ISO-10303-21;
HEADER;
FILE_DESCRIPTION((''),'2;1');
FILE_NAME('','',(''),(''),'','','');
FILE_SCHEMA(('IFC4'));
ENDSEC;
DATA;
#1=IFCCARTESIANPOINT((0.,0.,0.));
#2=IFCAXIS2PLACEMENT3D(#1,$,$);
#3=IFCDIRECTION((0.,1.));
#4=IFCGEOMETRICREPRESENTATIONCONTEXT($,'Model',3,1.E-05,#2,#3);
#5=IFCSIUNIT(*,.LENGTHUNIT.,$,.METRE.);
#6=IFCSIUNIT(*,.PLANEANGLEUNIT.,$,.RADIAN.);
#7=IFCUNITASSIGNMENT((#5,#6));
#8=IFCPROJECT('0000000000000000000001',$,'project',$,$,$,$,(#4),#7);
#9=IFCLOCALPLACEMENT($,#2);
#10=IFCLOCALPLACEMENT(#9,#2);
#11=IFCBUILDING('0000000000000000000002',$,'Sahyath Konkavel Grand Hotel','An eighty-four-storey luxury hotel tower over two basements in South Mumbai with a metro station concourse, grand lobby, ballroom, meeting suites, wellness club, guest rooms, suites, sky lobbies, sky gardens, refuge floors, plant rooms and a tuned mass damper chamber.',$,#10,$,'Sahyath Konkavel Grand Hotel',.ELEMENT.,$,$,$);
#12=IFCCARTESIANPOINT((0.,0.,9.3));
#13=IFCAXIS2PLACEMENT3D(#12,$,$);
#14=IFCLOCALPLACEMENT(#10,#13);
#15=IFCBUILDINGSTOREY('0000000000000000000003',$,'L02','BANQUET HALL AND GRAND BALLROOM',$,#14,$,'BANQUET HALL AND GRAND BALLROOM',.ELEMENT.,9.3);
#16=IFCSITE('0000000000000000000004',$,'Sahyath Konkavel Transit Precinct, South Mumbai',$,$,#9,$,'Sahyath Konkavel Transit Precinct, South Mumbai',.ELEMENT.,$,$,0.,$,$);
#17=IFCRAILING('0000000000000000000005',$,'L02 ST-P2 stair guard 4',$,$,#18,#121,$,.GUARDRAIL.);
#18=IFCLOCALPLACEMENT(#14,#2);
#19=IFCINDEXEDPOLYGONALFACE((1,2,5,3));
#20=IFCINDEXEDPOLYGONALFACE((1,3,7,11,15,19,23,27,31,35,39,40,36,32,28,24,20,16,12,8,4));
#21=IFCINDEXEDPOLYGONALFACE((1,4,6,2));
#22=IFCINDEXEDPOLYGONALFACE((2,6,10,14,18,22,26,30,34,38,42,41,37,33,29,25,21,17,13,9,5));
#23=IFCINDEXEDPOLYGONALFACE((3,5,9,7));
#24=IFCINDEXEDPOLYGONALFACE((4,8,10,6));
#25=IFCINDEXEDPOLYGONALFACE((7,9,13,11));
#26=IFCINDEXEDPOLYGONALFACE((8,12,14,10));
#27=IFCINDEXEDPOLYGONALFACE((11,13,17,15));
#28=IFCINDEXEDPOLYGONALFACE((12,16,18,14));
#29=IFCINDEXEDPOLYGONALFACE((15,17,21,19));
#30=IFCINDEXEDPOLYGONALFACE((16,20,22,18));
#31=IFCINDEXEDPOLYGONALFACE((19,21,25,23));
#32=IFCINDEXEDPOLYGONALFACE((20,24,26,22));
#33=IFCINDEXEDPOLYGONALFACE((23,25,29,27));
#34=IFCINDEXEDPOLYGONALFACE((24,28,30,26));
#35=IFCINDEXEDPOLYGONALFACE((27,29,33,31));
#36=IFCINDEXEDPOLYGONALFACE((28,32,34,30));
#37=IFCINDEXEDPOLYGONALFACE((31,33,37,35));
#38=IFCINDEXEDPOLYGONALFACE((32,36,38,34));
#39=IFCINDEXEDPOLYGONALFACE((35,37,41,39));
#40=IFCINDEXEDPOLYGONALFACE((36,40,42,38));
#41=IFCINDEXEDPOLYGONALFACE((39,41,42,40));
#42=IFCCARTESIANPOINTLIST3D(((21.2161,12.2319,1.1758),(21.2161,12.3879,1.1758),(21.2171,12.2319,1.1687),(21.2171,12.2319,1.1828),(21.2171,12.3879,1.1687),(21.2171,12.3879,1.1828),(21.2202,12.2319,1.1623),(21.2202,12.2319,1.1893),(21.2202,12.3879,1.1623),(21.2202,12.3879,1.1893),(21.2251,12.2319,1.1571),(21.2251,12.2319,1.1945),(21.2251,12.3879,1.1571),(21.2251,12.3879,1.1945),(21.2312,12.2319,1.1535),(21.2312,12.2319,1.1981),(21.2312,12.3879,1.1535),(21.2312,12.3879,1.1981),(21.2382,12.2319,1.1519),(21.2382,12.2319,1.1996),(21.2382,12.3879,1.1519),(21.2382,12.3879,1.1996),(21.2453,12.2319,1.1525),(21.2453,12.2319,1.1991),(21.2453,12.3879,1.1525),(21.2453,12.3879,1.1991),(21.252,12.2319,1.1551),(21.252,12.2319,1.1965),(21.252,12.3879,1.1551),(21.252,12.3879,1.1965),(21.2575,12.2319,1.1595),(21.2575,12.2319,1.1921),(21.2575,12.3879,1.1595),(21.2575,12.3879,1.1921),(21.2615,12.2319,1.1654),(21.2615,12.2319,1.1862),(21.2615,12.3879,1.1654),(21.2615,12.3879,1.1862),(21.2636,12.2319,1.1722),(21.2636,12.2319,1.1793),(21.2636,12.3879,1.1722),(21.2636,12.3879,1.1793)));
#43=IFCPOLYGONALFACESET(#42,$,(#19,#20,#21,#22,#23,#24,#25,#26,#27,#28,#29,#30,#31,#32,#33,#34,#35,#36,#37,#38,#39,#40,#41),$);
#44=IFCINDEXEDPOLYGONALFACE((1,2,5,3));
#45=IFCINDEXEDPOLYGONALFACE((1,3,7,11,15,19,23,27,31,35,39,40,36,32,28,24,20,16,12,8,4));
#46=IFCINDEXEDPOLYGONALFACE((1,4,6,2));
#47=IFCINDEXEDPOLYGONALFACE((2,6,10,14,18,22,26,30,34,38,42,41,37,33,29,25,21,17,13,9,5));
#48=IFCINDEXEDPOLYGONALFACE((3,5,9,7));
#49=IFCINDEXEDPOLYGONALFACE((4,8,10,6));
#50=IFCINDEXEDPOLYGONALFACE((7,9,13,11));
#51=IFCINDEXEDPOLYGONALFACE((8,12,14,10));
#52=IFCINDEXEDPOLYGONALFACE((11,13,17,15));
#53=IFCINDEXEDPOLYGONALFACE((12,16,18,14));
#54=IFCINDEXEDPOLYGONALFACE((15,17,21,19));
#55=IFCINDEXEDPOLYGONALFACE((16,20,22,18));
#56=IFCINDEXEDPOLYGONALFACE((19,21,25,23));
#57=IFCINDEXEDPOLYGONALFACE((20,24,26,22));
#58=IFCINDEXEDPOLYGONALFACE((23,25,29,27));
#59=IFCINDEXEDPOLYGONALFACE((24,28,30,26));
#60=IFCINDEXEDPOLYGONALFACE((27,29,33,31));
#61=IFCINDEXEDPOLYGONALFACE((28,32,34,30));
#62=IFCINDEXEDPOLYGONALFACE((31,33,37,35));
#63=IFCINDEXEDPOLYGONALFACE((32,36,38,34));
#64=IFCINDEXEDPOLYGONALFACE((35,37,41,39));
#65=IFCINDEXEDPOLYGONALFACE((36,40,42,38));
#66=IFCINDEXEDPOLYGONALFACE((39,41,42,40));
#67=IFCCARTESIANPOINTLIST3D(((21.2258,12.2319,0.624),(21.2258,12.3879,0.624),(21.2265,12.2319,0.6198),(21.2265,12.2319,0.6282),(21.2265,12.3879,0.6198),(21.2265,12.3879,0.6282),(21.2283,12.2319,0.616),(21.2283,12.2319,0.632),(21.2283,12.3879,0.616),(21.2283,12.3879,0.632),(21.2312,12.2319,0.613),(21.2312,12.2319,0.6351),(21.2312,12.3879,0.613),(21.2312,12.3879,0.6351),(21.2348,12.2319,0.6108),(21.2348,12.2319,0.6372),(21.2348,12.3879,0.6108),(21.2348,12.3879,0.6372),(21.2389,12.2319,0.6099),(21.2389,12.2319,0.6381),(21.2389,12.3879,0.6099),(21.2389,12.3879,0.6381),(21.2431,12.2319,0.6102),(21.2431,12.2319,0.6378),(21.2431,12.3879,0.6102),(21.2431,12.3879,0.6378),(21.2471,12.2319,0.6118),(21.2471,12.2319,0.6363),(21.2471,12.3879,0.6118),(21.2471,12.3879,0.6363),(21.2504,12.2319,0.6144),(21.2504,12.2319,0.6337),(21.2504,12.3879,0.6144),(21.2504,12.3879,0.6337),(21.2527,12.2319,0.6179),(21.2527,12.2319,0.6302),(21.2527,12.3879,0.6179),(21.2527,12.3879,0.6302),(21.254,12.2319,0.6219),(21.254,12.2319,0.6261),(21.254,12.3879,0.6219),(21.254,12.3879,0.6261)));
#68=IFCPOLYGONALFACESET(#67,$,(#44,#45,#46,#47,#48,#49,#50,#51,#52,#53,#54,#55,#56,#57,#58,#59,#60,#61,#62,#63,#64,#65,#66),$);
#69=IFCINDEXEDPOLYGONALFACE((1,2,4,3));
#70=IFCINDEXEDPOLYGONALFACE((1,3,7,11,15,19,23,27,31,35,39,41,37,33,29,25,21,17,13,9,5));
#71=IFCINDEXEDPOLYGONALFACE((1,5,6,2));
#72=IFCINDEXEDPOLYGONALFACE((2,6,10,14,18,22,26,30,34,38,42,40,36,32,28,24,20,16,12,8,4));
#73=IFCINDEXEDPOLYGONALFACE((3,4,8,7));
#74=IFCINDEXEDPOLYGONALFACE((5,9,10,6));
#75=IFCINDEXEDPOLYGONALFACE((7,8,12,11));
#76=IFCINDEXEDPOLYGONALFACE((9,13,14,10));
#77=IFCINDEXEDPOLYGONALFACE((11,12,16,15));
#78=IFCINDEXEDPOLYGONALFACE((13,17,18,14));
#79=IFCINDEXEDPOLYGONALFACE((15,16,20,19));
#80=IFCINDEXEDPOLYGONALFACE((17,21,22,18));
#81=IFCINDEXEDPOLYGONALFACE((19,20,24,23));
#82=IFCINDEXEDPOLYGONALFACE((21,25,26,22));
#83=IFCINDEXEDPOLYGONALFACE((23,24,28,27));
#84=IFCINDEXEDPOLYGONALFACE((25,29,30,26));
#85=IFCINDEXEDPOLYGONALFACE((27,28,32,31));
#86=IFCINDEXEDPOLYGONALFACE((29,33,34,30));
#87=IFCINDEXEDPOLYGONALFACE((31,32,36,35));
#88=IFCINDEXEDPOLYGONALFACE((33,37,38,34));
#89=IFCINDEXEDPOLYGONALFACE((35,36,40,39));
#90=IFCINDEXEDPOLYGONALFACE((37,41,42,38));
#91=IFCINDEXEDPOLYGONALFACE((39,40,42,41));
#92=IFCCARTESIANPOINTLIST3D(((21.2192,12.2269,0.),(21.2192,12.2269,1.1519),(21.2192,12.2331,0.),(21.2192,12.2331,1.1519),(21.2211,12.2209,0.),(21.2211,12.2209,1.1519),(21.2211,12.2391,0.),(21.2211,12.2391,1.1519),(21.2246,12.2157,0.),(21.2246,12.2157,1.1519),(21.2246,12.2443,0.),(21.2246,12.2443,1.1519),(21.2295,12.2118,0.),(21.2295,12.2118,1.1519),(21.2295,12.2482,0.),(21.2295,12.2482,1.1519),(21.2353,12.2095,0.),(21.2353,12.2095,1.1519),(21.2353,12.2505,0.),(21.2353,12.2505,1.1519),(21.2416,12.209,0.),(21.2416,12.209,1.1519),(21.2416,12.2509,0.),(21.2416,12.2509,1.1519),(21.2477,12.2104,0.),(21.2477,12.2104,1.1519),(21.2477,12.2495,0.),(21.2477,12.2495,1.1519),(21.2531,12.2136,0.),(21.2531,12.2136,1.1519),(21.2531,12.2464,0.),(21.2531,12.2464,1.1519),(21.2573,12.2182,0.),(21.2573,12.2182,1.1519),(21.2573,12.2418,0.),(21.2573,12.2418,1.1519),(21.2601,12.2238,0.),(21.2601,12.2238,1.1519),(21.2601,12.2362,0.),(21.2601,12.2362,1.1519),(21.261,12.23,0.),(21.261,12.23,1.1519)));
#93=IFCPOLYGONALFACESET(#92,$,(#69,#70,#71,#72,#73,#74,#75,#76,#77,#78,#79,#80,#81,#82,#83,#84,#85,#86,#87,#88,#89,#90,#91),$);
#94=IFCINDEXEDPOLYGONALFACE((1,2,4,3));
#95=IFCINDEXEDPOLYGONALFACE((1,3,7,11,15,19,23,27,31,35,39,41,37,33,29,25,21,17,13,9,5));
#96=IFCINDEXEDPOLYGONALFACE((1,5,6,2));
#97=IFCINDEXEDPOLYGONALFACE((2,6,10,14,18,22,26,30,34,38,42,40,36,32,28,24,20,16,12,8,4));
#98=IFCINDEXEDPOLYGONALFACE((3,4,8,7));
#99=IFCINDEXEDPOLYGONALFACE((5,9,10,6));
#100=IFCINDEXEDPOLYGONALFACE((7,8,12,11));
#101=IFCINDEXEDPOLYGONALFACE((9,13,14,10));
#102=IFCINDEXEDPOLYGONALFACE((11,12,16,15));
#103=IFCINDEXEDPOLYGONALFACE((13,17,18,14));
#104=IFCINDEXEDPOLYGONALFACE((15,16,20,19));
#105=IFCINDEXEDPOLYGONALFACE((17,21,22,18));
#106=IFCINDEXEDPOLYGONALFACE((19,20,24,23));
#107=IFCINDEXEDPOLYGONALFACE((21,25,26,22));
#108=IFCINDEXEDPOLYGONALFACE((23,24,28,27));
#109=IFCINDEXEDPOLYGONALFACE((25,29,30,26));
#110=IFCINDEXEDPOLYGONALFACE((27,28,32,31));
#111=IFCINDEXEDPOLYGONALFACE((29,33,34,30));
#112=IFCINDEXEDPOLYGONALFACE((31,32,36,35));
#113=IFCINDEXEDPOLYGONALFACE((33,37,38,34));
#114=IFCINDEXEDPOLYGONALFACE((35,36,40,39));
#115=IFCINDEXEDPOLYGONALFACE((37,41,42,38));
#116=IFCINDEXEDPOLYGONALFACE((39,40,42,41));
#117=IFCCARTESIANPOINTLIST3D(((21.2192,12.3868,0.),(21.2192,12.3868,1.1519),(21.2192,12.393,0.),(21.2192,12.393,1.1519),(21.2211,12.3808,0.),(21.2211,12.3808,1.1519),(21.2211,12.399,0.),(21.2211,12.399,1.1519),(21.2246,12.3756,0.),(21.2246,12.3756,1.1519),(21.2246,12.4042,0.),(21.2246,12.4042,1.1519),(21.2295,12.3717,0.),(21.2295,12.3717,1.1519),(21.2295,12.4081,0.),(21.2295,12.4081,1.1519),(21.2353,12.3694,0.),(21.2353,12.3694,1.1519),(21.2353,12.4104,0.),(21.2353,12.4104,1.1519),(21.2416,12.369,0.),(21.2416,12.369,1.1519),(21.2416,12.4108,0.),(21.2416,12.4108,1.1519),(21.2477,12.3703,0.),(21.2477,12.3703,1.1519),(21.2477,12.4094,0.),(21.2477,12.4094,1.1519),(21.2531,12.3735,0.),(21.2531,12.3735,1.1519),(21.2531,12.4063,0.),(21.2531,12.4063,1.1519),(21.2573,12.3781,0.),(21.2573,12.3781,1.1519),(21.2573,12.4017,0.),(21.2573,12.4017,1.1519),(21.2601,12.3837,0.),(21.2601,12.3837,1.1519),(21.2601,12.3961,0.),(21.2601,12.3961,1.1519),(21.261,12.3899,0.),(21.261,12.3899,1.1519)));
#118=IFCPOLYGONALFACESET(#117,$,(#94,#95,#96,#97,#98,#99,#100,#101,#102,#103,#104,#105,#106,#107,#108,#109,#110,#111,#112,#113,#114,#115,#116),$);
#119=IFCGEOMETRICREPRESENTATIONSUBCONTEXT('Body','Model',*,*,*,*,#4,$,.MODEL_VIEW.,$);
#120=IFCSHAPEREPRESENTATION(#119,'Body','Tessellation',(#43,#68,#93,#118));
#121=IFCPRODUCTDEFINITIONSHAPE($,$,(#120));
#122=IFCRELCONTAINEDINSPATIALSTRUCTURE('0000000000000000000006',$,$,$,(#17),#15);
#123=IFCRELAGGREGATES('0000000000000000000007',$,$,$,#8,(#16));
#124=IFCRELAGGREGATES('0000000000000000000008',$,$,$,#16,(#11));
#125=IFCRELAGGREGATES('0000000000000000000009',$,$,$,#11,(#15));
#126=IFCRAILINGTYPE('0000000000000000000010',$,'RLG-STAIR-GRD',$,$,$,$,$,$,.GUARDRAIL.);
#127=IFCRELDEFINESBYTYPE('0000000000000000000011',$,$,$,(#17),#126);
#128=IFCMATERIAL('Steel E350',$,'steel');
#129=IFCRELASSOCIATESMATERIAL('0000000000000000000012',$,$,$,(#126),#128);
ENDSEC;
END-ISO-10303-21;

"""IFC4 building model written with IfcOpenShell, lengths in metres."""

from ifc_helpers import new_model, si_unit, direction, frame, origin, origin_2d, place, context, subcontext, project, spatial, circle, extrude, material, type_object, element, save


model = new_model("IFC4")

# Units and contexts
model_context = context("Model", 3, precision=1e-05, world=origin(), true_north=direction((0.0, 1.0)))
body_context = subcontext(model_context, "Body", "Model", "MODEL_VIEW")
ifc_project = project(units=[si_unit("LENGTHUNIT", "METRE"), si_unit("PLANEANGLEUNIT", "RADIAN")], contexts=[model_context])

# Site, building, storey
site_placement = place(None, origin())
site = spatial("IfcSite", under=ifc_project, at=site_placement, Name="Sahyath Konkavel Transit Precinct, South Mumbai", LongName="Sahyath Konkavel Transit Precinct, South Mumbai", CompositionType="ELEMENT", RefElevation=0.0)
building_placement = place(site_placement, origin())
building = spatial("IfcBuilding", under=site, at=building_placement, Name="Sahyath Konkavel Grand Hotel", Description="An eighty-four-storey luxury hotel tower over two basements in South Mumbai with a metro station concourse, grand lobby, ballroom, meeting suites, wellness club, guest rooms, suites, sky lobbies, sky gardens, refuge floors, plant rooms and a tuned mass damper chamber.", LongName="Sahyath Konkavel Grand Hotel", CompositionType="ELEMENT")
storey_placement = place(building_placement, frame((0.0, 0.0, 9.3)))
storey = spatial("IfcBuildingStorey", under=building, at=storey_placement, Name="L02", Description="BANQUET HALL AND GRAND BALLROOM", LongName="BANQUET HALL AND GRAND BALLROOM", CompositionType="ELEMENT", Elevation=9.3)

# Railing
ifc_material_1 = material(Name="Steel E350", Category="steel")
railing_type_1 = type_object("IfcRailingType", Name="RLG-STAIR-GRD", PredefinedType="GUARDRAIL", material=ifc_material_1)
railing_1_placement = place(storey_placement, frame((21.24, 12.23, 0.0)))
element("IfcRailing", 1, at=railing_1_placement, inside=storey, type_object=railing_type_1, Name="L02 ST-P2 stair guard 4", PredefinedType="GUARDRAIL", context=body_context, shape_type="SweptSolid", body=[
    extrude(circle(Radius=0.0239, at=origin_2d()), frame((0.0, 0.002, 1.1758), z_axis=(0.0, 1.0, 0.0), x_axis=(-1.0, 0.0, 0.0)), (0.0, 0.0, 1.0), 0.156),
    extrude(circle(Radius=0.0142, at=origin_2d()), frame((0.0, 0.002, 0.624), z_axis=(0.0, 1.0, 0.0), x_axis=(-1.0, 0.0, 0.0)), (0.0, 0.0, 1.0), 0.156),
    extrude(circle(Radius=0.021, at=origin_2d()), origin(), (0.0, 0.0, 1.0), 1.1519),
    extrude(circle(Radius=0.021, at=origin_2d()), frame((0.0, 0.1599, 0.0)), (0.0, 0.0, 1.0), 1.1519),
])

save(model, "model.ifc")
